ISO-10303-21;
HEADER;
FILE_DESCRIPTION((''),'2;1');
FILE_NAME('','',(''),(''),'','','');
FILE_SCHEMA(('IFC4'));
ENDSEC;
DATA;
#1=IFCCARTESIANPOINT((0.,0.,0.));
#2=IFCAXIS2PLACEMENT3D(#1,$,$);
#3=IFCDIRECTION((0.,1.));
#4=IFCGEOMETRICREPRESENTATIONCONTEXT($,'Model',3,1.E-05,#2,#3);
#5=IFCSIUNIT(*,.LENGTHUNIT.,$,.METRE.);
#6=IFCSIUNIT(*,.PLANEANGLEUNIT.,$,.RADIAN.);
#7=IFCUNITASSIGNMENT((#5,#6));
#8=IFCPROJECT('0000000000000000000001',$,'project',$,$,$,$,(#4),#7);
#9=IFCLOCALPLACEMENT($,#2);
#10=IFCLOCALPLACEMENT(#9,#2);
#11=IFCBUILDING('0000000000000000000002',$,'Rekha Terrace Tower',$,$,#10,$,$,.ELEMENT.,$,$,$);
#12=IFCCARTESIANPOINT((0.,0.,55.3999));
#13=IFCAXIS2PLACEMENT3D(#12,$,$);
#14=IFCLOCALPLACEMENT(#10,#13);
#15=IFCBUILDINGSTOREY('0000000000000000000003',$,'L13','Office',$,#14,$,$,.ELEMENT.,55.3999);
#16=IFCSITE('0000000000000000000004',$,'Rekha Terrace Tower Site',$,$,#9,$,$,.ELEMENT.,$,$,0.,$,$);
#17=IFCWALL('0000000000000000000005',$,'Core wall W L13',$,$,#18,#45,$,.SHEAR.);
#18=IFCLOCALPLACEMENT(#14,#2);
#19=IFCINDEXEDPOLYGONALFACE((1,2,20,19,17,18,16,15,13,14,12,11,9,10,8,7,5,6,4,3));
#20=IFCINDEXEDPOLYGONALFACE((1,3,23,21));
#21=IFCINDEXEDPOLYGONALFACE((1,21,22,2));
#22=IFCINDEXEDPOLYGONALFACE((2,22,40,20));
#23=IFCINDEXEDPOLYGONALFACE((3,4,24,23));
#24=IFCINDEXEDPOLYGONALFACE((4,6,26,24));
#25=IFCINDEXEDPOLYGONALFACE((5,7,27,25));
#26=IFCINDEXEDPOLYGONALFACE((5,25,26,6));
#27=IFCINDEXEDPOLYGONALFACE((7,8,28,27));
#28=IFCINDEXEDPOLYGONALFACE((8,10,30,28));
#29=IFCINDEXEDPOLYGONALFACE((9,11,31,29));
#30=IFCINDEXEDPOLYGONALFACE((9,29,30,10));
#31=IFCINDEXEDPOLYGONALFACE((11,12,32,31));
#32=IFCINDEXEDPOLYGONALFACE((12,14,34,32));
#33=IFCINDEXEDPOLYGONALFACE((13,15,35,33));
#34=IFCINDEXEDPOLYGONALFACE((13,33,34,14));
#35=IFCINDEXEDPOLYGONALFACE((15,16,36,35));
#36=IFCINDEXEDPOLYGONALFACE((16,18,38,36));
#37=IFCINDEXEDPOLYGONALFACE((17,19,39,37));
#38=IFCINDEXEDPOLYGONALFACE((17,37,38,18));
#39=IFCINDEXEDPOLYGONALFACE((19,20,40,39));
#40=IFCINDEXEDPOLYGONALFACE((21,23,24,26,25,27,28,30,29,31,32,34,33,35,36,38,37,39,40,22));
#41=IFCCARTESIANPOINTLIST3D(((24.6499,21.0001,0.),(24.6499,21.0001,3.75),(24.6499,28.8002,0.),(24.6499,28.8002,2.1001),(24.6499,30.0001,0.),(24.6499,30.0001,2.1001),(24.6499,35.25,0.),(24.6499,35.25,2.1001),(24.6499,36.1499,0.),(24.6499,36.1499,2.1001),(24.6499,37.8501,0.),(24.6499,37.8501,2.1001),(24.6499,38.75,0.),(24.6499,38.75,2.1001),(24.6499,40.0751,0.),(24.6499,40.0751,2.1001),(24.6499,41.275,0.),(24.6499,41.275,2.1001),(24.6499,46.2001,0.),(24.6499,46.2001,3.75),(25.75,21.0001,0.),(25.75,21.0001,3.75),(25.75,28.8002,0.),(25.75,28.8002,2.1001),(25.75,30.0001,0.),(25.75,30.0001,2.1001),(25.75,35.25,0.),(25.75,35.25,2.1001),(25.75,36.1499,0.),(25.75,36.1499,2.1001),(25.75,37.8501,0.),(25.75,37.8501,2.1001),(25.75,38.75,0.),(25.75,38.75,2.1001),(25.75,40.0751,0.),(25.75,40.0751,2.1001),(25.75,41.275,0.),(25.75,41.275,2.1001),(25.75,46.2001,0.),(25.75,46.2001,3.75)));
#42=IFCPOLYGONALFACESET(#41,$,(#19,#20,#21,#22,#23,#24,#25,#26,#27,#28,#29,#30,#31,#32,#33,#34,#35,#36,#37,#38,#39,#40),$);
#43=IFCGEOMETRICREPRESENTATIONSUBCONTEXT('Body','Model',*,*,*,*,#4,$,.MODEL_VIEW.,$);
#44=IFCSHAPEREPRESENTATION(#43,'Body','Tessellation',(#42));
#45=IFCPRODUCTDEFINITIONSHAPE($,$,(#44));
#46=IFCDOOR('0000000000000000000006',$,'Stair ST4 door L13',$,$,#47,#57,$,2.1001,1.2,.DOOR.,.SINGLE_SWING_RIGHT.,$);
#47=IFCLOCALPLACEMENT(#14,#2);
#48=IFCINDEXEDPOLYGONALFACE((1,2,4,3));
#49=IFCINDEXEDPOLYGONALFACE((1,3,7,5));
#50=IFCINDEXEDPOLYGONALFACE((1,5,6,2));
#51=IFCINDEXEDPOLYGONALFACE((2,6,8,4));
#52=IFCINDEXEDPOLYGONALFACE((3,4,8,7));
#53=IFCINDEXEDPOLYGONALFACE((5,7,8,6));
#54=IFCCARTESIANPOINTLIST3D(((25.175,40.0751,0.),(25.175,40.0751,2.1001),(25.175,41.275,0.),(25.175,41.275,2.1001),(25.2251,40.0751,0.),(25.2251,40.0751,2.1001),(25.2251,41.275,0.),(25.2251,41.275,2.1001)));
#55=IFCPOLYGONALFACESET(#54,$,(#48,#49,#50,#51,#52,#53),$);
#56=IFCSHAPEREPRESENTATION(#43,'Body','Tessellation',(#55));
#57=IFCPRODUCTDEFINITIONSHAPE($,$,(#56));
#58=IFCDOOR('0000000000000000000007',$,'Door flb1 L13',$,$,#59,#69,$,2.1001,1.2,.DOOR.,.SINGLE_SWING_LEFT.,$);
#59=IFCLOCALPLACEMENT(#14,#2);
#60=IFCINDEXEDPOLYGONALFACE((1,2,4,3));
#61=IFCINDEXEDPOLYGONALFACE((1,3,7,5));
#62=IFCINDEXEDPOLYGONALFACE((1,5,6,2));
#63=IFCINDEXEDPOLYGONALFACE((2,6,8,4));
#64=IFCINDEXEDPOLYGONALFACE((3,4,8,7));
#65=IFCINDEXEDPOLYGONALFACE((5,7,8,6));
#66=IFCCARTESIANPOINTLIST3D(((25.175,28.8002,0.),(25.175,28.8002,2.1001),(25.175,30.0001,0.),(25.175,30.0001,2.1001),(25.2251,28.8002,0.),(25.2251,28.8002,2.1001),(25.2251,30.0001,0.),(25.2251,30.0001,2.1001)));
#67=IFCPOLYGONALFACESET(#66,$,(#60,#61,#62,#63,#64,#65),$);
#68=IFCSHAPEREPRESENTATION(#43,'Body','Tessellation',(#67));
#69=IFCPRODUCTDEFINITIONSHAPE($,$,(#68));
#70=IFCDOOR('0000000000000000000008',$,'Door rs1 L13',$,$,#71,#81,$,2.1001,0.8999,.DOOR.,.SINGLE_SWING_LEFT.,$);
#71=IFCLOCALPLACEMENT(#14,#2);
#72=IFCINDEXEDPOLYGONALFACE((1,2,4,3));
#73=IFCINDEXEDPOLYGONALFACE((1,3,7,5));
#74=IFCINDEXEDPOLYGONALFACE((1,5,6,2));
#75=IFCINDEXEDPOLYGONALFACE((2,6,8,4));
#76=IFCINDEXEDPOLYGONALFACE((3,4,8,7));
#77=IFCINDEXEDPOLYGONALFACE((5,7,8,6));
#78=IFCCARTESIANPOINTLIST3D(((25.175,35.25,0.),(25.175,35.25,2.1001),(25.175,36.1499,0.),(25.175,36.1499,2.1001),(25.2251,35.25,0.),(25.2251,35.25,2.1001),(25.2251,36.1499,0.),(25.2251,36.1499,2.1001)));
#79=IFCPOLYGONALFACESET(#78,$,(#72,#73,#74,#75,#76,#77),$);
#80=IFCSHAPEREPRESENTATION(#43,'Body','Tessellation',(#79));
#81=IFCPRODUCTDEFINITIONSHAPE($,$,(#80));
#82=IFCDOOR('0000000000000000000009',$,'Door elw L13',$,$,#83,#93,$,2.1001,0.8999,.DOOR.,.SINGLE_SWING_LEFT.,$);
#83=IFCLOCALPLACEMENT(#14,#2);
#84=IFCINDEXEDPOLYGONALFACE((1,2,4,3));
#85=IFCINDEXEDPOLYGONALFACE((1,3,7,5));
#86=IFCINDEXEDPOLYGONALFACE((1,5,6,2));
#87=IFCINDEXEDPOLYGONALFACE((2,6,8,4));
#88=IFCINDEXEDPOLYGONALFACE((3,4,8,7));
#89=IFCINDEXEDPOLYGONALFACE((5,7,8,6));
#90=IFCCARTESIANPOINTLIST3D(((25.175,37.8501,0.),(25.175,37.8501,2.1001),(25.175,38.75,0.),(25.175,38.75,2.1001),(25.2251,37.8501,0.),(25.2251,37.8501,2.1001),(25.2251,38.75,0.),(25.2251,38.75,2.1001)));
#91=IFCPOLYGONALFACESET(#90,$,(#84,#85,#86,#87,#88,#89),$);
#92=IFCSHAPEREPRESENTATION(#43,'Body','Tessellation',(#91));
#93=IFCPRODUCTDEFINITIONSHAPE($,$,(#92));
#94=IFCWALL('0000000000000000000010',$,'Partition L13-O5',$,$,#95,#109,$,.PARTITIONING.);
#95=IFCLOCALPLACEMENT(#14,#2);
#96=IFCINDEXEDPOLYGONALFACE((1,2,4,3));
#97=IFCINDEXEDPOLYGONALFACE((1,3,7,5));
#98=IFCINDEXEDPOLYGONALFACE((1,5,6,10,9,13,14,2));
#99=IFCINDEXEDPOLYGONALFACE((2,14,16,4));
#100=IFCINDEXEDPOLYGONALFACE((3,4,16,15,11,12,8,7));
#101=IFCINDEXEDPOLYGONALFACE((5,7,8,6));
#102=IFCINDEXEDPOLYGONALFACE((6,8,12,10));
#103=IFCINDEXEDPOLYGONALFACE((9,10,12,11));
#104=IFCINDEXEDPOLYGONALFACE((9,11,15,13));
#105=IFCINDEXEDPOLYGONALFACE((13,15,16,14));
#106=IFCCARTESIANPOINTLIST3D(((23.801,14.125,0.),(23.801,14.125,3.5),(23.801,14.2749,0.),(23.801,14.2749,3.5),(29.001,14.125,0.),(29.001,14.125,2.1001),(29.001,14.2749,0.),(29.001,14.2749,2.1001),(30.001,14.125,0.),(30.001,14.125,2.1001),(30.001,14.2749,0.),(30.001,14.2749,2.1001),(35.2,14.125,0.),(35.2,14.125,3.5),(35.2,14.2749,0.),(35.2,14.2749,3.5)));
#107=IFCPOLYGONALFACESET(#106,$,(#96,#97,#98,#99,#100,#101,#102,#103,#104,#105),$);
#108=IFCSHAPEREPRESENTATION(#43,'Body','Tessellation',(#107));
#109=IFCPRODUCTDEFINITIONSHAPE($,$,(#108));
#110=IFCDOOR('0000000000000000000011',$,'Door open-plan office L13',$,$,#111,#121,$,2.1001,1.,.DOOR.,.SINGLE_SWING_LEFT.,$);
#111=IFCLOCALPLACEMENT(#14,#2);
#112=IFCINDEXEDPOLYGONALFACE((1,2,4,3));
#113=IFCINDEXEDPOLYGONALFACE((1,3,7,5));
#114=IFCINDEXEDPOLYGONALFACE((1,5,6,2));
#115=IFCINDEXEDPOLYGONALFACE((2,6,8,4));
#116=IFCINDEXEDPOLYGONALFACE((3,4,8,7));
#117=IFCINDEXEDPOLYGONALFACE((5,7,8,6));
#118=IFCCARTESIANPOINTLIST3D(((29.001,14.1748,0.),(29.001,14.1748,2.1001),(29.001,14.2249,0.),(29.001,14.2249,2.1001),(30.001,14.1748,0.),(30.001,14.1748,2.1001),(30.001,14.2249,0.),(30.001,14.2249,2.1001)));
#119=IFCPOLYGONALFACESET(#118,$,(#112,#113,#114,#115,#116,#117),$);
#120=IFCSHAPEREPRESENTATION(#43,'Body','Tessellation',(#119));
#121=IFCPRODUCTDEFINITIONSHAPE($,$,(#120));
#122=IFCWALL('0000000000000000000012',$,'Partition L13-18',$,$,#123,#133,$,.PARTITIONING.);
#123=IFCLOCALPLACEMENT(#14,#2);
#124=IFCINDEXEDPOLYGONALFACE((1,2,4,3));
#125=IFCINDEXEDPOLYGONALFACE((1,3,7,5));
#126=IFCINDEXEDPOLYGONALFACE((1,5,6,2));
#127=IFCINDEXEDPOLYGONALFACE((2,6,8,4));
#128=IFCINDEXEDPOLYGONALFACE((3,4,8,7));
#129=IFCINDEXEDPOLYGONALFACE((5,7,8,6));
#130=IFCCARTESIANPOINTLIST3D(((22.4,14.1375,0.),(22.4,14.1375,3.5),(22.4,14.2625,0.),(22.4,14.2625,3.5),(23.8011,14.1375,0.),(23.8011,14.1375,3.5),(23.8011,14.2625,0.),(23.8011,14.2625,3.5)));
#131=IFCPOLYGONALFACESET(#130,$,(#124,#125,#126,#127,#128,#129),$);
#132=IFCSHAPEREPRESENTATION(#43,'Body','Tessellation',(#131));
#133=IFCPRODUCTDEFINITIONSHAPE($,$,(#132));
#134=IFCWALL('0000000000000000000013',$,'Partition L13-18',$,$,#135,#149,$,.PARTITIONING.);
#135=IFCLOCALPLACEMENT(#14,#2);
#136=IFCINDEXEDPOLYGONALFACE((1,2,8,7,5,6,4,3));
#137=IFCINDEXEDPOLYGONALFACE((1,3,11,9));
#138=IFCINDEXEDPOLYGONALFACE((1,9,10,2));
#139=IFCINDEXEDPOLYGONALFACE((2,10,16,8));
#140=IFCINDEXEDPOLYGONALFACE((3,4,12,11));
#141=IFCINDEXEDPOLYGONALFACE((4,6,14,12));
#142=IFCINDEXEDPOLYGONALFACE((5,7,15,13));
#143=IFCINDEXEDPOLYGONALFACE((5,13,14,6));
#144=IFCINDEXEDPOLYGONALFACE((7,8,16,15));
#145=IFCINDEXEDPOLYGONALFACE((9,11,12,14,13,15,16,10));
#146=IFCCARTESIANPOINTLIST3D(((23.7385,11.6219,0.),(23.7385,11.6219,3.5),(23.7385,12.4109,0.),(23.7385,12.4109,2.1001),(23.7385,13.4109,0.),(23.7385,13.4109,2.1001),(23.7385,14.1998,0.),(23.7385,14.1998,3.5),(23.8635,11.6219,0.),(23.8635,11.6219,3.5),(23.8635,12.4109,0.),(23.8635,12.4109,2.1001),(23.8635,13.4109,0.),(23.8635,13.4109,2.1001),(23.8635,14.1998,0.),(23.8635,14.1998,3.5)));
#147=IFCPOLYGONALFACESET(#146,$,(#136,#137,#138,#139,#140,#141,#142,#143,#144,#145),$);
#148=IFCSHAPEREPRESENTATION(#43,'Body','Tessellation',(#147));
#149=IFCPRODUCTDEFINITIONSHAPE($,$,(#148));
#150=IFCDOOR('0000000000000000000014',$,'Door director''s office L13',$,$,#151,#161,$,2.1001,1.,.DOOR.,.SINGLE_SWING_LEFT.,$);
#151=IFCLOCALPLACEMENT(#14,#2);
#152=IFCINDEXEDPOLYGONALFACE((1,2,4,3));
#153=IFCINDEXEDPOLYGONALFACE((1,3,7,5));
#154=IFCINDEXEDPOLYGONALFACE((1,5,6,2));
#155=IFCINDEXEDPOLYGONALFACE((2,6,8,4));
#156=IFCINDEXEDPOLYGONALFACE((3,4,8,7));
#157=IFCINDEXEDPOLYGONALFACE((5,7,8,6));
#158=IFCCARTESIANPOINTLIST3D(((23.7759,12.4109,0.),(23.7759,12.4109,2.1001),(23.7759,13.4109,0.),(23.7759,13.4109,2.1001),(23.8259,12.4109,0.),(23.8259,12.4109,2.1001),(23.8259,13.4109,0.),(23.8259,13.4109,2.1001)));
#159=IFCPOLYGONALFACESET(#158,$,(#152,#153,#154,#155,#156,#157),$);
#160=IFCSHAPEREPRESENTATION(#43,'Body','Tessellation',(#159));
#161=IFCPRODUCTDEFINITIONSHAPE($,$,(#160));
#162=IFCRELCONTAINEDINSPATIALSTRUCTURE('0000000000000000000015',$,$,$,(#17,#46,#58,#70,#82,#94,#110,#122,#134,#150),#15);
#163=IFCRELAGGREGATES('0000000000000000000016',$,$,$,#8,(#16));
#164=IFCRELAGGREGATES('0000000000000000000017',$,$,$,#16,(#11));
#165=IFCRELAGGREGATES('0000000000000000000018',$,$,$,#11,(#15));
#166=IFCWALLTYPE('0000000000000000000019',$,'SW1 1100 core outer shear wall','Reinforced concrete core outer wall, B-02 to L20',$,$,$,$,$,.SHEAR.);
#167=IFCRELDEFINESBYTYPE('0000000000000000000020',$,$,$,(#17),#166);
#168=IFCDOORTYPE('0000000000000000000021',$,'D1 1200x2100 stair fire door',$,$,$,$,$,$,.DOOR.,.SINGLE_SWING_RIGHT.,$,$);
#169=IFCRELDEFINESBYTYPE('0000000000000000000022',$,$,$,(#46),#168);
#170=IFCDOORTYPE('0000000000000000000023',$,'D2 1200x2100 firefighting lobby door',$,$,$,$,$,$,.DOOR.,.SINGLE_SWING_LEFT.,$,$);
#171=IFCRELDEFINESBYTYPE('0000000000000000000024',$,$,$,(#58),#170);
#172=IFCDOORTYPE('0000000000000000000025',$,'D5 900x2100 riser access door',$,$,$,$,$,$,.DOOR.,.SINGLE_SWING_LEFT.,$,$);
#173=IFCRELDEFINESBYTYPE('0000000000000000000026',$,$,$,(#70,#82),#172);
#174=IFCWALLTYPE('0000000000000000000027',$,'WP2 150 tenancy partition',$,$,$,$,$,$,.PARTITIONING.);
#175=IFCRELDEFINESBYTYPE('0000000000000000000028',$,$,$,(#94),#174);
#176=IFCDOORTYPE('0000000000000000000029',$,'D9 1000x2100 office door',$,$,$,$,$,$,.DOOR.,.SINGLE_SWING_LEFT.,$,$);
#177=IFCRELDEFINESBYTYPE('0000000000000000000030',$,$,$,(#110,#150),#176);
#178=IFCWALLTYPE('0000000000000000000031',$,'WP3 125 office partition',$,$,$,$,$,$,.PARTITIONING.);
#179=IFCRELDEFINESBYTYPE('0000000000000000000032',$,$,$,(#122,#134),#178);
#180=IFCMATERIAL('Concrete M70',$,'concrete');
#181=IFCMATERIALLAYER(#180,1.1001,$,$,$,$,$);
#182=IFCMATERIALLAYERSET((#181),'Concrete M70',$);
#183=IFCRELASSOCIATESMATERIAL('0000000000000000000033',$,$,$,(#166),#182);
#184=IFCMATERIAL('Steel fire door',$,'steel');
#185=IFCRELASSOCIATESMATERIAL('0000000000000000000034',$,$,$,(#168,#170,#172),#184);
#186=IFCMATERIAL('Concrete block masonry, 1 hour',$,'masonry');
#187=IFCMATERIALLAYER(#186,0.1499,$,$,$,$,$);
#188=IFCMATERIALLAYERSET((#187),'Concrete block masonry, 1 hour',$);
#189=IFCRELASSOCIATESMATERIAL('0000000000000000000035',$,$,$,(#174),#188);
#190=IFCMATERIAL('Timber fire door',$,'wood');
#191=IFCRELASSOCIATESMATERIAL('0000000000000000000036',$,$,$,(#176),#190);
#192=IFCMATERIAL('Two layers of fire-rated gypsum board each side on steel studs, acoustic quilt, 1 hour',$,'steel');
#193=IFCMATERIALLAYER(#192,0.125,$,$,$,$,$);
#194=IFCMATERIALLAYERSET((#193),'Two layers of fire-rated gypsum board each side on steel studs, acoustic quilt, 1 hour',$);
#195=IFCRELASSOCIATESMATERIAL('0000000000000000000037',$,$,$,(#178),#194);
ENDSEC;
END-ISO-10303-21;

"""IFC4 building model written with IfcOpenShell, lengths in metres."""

from ifc_helpers import new_model, si_unit, direction, frame, frame_2d, origin, place, context, subcontext, project, spatial, rectangle, extrude, material, layer, layer_set, type_object, element, fill, save


model = new_model("IFC4")

# Units and contexts
model_context = context("Model", 3, precision=1e-05, world=origin(), true_north=direction((0.0, 1.0)))
body_context = subcontext(model_context, "Body", "Model", "MODEL_VIEW")
ifc_project = project(units=[si_unit("LENGTHUNIT", "METRE"), si_unit("PLANEANGLEUNIT", "RADIAN")], contexts=[model_context])

# Site, building, storey
site_placement = place(None, origin())
site = spatial("IfcSite", under=ifc_project, at=site_placement, Name="Rekha Terrace Tower Site", CompositionType="ELEMENT", RefElevation=0.0)
building_placement = place(site_placement, origin())
building = spatial("IfcBuilding", under=site, at=building_placement, Name="Rekha Terrace Tower", CompositionType="ELEMENT")
storey_placement = place(building_placement, frame((0.0, 0.0, 55.3999)))
storey = spatial("IfcBuildingStorey", under=building, at=storey_placement, Name="L13", Description="Office", CompositionType="ELEMENT", Elevation=55.3999)

# Shared definitions
ifc_material_1 = material(Name="Concrete M70", Category="concrete")

# Shared definitions
ifc_layer_1 = layer(ifc_material_1, 1.1001)
ifc_layer_set_1 = layer_set([ifc_layer_1], Name="Concrete M70")
wall_type_1 = type_object("IfcWallType", Name="SW1 1100 core outer shear wall", Description="Reinforced concrete core outer wall, B-02 to L20", PredefinedType="SHEAR", material=ifc_layer_set_1)

# Wall, openings, doors
wall_1_placement = place(storey_placement, frame((25.2, 21.0, 0.0), z_axis=(0.0, 0.0, 1.0), x_axis=(0.0, 1.0, 0.0)))
wall_1 = element("IfcWall", 1, at=wall_1_placement, inside=storey, type_object=wall_type_1, Name="Core wall W L13", PredefinedType="SHEAR", context=body_context, shape_type="SweptSolid", body=[
    extrude(rectangle(XDim=25.2, YDim=1.1001, at=frame_2d((12.6001, 0.0))), origin(), (0.0, 0.0, 1.0), 3.75),
])
opening_1_placement = place(wall_1_placement, frame((7.8, 0.0, 0.0)))
opening_1 = element("IfcOpeningElement", 2, at=opening_1_placement, cuts=wall_1, PredefinedType="OPENING", context=body_context, shape_type="SweptSolid", body=[
    extrude(rectangle(XDim=1.2, YDim=2.1001, at=frame_2d((0.6001, 1.05))), frame((0.0, 0.5601, 0.0), z_axis=(0.0, -1.0, 0.0), x_axis=(1.0, 0.0, 0.0)), (0.0, 0.0, 1.0), 1.1201),
])
opening_2_placement = place(wall_1_placement, frame((14.25, 0.0, 0.0)))
opening_2 = element("IfcOpeningElement", 3, at=opening_2_placement, cuts=wall_1, PredefinedType="OPENING", context=body_context, shape_type="SweptSolid", body=[
    extrude(rectangle(XDim=0.8999, YDim=2.1001, at=frame_2d((0.45, 1.05))), frame((0.0, 0.5601, 0.0), z_axis=(0.0, -1.0, 0.0), x_axis=(1.0, 0.0, 0.0)), (0.0, 0.0, 1.0), 1.1201),
])
opening_3_placement = place(wall_1_placement, frame((16.8501, 0.0, 0.0)))
opening_3 = element("IfcOpeningElement", 4, at=opening_3_placement, cuts=wall_1, PredefinedType="OPENING", context=body_context, shape_type="SweptSolid", body=[
    extrude(rectangle(XDim=0.8999, YDim=2.1001, at=frame_2d((0.45, 1.05))), frame((0.0, 0.5601, 0.0), z_axis=(0.0, -1.0, 0.0), x_axis=(1.0, 0.0, 0.0)), (0.0, 0.0, 1.0), 1.1201),
])
opening_4_placement = place(wall_1_placement, frame((19.075, 0.0, 0.0)))
opening_4 = element("IfcOpeningElement", 5, at=opening_4_placement, cuts=wall_1, PredefinedType="OPENING", context=body_context, shape_type="SweptSolid", body=[
    extrude(rectangle(XDim=1.2, YDim=2.1001, at=frame_2d((0.6001, 1.05))), frame((0.0, 0.5601, 0.0), z_axis=(0.0, -1.0, 0.0), x_axis=(1.0, 0.0, 0.0)), (0.0, 0.0, 1.0), 1.1201),
])
ifc_material_2 = material(Name="Steel fire door", Category="steel")
door_type_1 = type_object("IfcDoorType", Name="D1 1200x2100 stair fire door", OperationType="SINGLE_SWING_RIGHT", PredefinedType="DOOR", material=ifc_material_2)
door_1_placement = place(opening_4_placement, origin())
door_1 = element("IfcDoor", 6, at=door_1_placement, inside=storey, type_object=door_type_1, Name="Stair ST4 door L13", OperationType="SINGLE_SWING_RIGHT", OverallHeight=2.1001, OverallWidth=1.2, PredefinedType="DOOR", context=body_context, shape_type="SweptSolid", body=[
    extrude(rectangle(XDim=1.2, YDim=2.1001, at=frame_2d((0.6001, 1.05))), frame((0.0, 0.0249, 0.0), z_axis=(0.0, -1.0, 0.0), x_axis=(1.0, 0.0, 0.0)), (0.0, 0.0, 1.0), 0.05),
])
fill(opening_4, door_1)
door_type_2 = type_object("IfcDoorType", Name="D2 1200x2100 firefighting lobby door", OperationType="SINGLE_SWING_LEFT", PredefinedType="DOOR", material=ifc_material_2)
door_2_placement = place(opening_1_placement, origin())
door_2 = element("IfcDoor", 7, at=door_2_placement, inside=storey, type_object=door_type_2, Name="Door flb1 L13", OperationType="SINGLE_SWING_LEFT", OverallHeight=2.1001, OverallWidth=1.2, PredefinedType="DOOR", context=body_context, shape_type="SweptSolid", body=[
    extrude(rectangle(XDim=1.2, YDim=2.1001, at=frame_2d((0.6001, 1.05))), frame((0.0, 0.0249, 0.0), z_axis=(0.0, -1.0, 0.0), x_axis=(1.0, 0.0, 0.0)), (0.0, 0.0, 1.0), 0.05),
])
fill(opening_1, door_2)
door_type_3 = type_object("IfcDoorType", Name="D5 900x2100 riser access door", OperationType="SINGLE_SWING_LEFT", PredefinedType="DOOR", material=ifc_material_2)
door_3_placement = place(opening_2_placement, origin())
door_3 = element("IfcDoor", 8, at=door_3_placement, inside=storey, type_object=door_type_3, Name="Door rs1 L13", OperationType="SINGLE_SWING_LEFT", OverallHeight=2.1001, OverallWidth=0.8999, PredefinedType="DOOR", context=body_context, shape_type="SweptSolid", body=[
    extrude(rectangle(XDim=0.8999, YDim=2.1001, at=frame_2d((0.45, 1.05))), frame((0.0, 0.0249, 0.0), z_axis=(0.0, -1.0, 0.0), x_axis=(1.0, 0.0, 0.0)), (0.0, 0.0, 1.0), 0.05),
])
fill(opening_2, door_3)
door_4_placement = place(opening_3_placement, origin())
door_4 = element("IfcDoor", 9, at=door_4_placement, inside=storey, type_object=door_type_3, Name="Door elw L13", OperationType="SINGLE_SWING_LEFT", OverallHeight=2.1001, OverallWidth=0.8999, PredefinedType="DOOR", context=body_context, shape_type="SweptSolid", body=[
    extrude(rectangle(XDim=0.8999, YDim=2.1001, at=frame_2d((0.45, 1.05))), frame((0.0, 0.0249, 0.0), z_axis=(0.0, -1.0, 0.0), x_axis=(1.0, 0.0, 0.0)), (0.0, 0.0, 1.0), 0.05),
])
fill(opening_3, door_4)

# Wall, opening, door
ifc_material_3 = material(Name="Concrete block masonry, 1 hour", Category="masonry")
ifc_layer_2 = layer(ifc_material_3, 0.1499)
ifc_layer_set_2 = layer_set([ifc_layer_2], Name="Concrete block masonry, 1 hour")
wall_type_2 = type_object("IfcWallType", Name="WP2 150 tenancy partition", PredefinedType="PARTITIONING", material=ifc_layer_set_2)
wall_2_placement = place(storey_placement, frame((23.801, 14.2, 0.0), z_axis=(0.0, 0.0, 1.0), x_axis=(1.0, 0.0, 0.0)))
wall_2 = element("IfcWall", 10, at=wall_2_placement, inside=storey, type_object=wall_type_2, Name="Partition L13-O5", PredefinedType="PARTITIONING", context=body_context, shape_type="SweptSolid", body=[
    extrude(rectangle(XDim=11.3989, YDim=0.1499, at=frame_2d((5.6995, 0.0))), origin(), (0.0, 0.0, 1.0), 3.5),
])
opening_5_placement = place(wall_2_placement, frame((5.2, 0.0, 0.0)))
opening_5 = element("IfcOpeningElement", 11, at=opening_5_placement, cuts=wall_2, PredefinedType="OPENING", context=body_context, shape_type="SweptSolid", body=[
    extrude(rectangle(XDim=1.0, YDim=2.1001, at=frame_2d((0.5, 1.05))), frame((0.0, 0.085, 0.0), z_axis=(0.0, -1.0, 0.0), x_axis=(1.0, 0.0, 0.0)), (0.0, 0.0, 1.0), 0.1699),
])
ifc_material_4 = material(Name="Timber fire door", Category="wood")
door_type_4 = type_object("IfcDoorType", Name="D9 1000x2100 office door", OperationType="SINGLE_SWING_LEFT", PredefinedType="DOOR", material=ifc_material_4)
door_5_placement = place(opening_5_placement, origin())
door_5 = element("IfcDoor", 12, at=door_5_placement, inside=storey, type_object=door_type_4, Name="Door open-plan office L13", OperationType="SINGLE_SWING_LEFT", OverallHeight=2.1001, OverallWidth=1.0, PredefinedType="DOOR", context=body_context, shape_type="SweptSolid", body=[
    extrude(rectangle(XDim=1.0, YDim=2.1001, at=frame_2d((0.5, 1.05))), frame((0.0, 0.0249, 0.0), z_axis=(0.0, -1.0, 0.0), x_axis=(1.0, 0.0, 0.0)), (0.0, 0.0, 1.0), 0.05),
])
fill(opening_5, door_5)

# Wall
ifc_material_5 = material(Name="Two layers of fire-rated gypsum board each side on steel studs, acoustic quilt, 1 hour", Category="steel")
ifc_layer_3 = layer(ifc_material_5, 0.125)
ifc_layer_set_3 = layer_set([ifc_layer_3], Name="Two layers of fire-rated gypsum board each side on steel studs, acoustic quilt, 1 hour")
wall_type_3 = type_object("IfcWallType", Name="WP3 125 office partition", PredefinedType="PARTITIONING", material=ifc_layer_set_3)
wall_3_placement = place(storey_placement, frame((22.3999, 14.2, 0.0), z_axis=(0.0, 0.0, 1.0), x_axis=(1.0, 0.0, 0.0)))
element("IfcWall", 13, at=wall_3_placement, inside=storey, type_object=wall_type_3, Name="Partition L13-18", PredefinedType="PARTITIONING", context=body_context, shape_type="SweptSolid", body=[
    extrude(rectangle(XDim=1.4011, YDim=0.125, at=frame_2d((0.7007, 0.0))), origin(), (0.0, 0.0, 1.0), 3.5),
])

# Wall, opening, door
wall_4_placement = place(storey_placement, frame((23.801, 14.2, 0.0), z_axis=(0.0, 0.0, 1.0), x_axis=(0.0, -1.0, 0.0)))
wall_4 = element("IfcWall", 14, at=wall_4_placement, inside=storey, type_object=wall_type_3, Name="Partition L13-18", PredefinedType="PARTITIONING", context=body_context, shape_type="SweptSolid", body=[
    extrude(rectangle(XDim=2.5779, YDim=0.125, at=frame_2d((1.2891, 0.0))), origin(), (0.0, 0.0, 1.0), 3.5),
])
opening_6_placement = place(wall_4_placement, frame((0.7891, 0.0, 0.0)))
opening_6 = element("IfcOpeningElement", 15, at=opening_6_placement, cuts=wall_4, PredefinedType="OPENING", context=body_context, shape_type="SweptSolid", body=[
    extrude(rectangle(XDim=1.0, YDim=2.1001, at=frame_2d((0.5, 1.05))), frame((0.0, 0.0725, 0.0), z_axis=(0.0, -1.0, 0.0), x_axis=(1.0, 0.0, 0.0)), (0.0, 0.0, 1.0), 0.145),
])
door_6_placement = place(opening_6_placement, origin())
door_6 = element("IfcDoor", 16, at=door_6_placement, inside=storey, type_object=door_type_4, Name="Door director's office L13", OperationType="SINGLE_SWING_LEFT", OverallHeight=2.1001, OverallWidth=1.0, PredefinedType="DOOR", context=body_context, shape_type="SweptSolid", body=[
    extrude(rectangle(XDim=1.0, YDim=2.1001, at=frame_2d((0.5, 1.05))), frame((0.0, 0.0249, 0.0), z_axis=(0.0, -1.0, 0.0), x_axis=(1.0, 0.0, 0.0)), (0.0, 0.0, 1.0), 0.05),
])
fill(opening_6, door_6)

save(model, "model.ifc")
